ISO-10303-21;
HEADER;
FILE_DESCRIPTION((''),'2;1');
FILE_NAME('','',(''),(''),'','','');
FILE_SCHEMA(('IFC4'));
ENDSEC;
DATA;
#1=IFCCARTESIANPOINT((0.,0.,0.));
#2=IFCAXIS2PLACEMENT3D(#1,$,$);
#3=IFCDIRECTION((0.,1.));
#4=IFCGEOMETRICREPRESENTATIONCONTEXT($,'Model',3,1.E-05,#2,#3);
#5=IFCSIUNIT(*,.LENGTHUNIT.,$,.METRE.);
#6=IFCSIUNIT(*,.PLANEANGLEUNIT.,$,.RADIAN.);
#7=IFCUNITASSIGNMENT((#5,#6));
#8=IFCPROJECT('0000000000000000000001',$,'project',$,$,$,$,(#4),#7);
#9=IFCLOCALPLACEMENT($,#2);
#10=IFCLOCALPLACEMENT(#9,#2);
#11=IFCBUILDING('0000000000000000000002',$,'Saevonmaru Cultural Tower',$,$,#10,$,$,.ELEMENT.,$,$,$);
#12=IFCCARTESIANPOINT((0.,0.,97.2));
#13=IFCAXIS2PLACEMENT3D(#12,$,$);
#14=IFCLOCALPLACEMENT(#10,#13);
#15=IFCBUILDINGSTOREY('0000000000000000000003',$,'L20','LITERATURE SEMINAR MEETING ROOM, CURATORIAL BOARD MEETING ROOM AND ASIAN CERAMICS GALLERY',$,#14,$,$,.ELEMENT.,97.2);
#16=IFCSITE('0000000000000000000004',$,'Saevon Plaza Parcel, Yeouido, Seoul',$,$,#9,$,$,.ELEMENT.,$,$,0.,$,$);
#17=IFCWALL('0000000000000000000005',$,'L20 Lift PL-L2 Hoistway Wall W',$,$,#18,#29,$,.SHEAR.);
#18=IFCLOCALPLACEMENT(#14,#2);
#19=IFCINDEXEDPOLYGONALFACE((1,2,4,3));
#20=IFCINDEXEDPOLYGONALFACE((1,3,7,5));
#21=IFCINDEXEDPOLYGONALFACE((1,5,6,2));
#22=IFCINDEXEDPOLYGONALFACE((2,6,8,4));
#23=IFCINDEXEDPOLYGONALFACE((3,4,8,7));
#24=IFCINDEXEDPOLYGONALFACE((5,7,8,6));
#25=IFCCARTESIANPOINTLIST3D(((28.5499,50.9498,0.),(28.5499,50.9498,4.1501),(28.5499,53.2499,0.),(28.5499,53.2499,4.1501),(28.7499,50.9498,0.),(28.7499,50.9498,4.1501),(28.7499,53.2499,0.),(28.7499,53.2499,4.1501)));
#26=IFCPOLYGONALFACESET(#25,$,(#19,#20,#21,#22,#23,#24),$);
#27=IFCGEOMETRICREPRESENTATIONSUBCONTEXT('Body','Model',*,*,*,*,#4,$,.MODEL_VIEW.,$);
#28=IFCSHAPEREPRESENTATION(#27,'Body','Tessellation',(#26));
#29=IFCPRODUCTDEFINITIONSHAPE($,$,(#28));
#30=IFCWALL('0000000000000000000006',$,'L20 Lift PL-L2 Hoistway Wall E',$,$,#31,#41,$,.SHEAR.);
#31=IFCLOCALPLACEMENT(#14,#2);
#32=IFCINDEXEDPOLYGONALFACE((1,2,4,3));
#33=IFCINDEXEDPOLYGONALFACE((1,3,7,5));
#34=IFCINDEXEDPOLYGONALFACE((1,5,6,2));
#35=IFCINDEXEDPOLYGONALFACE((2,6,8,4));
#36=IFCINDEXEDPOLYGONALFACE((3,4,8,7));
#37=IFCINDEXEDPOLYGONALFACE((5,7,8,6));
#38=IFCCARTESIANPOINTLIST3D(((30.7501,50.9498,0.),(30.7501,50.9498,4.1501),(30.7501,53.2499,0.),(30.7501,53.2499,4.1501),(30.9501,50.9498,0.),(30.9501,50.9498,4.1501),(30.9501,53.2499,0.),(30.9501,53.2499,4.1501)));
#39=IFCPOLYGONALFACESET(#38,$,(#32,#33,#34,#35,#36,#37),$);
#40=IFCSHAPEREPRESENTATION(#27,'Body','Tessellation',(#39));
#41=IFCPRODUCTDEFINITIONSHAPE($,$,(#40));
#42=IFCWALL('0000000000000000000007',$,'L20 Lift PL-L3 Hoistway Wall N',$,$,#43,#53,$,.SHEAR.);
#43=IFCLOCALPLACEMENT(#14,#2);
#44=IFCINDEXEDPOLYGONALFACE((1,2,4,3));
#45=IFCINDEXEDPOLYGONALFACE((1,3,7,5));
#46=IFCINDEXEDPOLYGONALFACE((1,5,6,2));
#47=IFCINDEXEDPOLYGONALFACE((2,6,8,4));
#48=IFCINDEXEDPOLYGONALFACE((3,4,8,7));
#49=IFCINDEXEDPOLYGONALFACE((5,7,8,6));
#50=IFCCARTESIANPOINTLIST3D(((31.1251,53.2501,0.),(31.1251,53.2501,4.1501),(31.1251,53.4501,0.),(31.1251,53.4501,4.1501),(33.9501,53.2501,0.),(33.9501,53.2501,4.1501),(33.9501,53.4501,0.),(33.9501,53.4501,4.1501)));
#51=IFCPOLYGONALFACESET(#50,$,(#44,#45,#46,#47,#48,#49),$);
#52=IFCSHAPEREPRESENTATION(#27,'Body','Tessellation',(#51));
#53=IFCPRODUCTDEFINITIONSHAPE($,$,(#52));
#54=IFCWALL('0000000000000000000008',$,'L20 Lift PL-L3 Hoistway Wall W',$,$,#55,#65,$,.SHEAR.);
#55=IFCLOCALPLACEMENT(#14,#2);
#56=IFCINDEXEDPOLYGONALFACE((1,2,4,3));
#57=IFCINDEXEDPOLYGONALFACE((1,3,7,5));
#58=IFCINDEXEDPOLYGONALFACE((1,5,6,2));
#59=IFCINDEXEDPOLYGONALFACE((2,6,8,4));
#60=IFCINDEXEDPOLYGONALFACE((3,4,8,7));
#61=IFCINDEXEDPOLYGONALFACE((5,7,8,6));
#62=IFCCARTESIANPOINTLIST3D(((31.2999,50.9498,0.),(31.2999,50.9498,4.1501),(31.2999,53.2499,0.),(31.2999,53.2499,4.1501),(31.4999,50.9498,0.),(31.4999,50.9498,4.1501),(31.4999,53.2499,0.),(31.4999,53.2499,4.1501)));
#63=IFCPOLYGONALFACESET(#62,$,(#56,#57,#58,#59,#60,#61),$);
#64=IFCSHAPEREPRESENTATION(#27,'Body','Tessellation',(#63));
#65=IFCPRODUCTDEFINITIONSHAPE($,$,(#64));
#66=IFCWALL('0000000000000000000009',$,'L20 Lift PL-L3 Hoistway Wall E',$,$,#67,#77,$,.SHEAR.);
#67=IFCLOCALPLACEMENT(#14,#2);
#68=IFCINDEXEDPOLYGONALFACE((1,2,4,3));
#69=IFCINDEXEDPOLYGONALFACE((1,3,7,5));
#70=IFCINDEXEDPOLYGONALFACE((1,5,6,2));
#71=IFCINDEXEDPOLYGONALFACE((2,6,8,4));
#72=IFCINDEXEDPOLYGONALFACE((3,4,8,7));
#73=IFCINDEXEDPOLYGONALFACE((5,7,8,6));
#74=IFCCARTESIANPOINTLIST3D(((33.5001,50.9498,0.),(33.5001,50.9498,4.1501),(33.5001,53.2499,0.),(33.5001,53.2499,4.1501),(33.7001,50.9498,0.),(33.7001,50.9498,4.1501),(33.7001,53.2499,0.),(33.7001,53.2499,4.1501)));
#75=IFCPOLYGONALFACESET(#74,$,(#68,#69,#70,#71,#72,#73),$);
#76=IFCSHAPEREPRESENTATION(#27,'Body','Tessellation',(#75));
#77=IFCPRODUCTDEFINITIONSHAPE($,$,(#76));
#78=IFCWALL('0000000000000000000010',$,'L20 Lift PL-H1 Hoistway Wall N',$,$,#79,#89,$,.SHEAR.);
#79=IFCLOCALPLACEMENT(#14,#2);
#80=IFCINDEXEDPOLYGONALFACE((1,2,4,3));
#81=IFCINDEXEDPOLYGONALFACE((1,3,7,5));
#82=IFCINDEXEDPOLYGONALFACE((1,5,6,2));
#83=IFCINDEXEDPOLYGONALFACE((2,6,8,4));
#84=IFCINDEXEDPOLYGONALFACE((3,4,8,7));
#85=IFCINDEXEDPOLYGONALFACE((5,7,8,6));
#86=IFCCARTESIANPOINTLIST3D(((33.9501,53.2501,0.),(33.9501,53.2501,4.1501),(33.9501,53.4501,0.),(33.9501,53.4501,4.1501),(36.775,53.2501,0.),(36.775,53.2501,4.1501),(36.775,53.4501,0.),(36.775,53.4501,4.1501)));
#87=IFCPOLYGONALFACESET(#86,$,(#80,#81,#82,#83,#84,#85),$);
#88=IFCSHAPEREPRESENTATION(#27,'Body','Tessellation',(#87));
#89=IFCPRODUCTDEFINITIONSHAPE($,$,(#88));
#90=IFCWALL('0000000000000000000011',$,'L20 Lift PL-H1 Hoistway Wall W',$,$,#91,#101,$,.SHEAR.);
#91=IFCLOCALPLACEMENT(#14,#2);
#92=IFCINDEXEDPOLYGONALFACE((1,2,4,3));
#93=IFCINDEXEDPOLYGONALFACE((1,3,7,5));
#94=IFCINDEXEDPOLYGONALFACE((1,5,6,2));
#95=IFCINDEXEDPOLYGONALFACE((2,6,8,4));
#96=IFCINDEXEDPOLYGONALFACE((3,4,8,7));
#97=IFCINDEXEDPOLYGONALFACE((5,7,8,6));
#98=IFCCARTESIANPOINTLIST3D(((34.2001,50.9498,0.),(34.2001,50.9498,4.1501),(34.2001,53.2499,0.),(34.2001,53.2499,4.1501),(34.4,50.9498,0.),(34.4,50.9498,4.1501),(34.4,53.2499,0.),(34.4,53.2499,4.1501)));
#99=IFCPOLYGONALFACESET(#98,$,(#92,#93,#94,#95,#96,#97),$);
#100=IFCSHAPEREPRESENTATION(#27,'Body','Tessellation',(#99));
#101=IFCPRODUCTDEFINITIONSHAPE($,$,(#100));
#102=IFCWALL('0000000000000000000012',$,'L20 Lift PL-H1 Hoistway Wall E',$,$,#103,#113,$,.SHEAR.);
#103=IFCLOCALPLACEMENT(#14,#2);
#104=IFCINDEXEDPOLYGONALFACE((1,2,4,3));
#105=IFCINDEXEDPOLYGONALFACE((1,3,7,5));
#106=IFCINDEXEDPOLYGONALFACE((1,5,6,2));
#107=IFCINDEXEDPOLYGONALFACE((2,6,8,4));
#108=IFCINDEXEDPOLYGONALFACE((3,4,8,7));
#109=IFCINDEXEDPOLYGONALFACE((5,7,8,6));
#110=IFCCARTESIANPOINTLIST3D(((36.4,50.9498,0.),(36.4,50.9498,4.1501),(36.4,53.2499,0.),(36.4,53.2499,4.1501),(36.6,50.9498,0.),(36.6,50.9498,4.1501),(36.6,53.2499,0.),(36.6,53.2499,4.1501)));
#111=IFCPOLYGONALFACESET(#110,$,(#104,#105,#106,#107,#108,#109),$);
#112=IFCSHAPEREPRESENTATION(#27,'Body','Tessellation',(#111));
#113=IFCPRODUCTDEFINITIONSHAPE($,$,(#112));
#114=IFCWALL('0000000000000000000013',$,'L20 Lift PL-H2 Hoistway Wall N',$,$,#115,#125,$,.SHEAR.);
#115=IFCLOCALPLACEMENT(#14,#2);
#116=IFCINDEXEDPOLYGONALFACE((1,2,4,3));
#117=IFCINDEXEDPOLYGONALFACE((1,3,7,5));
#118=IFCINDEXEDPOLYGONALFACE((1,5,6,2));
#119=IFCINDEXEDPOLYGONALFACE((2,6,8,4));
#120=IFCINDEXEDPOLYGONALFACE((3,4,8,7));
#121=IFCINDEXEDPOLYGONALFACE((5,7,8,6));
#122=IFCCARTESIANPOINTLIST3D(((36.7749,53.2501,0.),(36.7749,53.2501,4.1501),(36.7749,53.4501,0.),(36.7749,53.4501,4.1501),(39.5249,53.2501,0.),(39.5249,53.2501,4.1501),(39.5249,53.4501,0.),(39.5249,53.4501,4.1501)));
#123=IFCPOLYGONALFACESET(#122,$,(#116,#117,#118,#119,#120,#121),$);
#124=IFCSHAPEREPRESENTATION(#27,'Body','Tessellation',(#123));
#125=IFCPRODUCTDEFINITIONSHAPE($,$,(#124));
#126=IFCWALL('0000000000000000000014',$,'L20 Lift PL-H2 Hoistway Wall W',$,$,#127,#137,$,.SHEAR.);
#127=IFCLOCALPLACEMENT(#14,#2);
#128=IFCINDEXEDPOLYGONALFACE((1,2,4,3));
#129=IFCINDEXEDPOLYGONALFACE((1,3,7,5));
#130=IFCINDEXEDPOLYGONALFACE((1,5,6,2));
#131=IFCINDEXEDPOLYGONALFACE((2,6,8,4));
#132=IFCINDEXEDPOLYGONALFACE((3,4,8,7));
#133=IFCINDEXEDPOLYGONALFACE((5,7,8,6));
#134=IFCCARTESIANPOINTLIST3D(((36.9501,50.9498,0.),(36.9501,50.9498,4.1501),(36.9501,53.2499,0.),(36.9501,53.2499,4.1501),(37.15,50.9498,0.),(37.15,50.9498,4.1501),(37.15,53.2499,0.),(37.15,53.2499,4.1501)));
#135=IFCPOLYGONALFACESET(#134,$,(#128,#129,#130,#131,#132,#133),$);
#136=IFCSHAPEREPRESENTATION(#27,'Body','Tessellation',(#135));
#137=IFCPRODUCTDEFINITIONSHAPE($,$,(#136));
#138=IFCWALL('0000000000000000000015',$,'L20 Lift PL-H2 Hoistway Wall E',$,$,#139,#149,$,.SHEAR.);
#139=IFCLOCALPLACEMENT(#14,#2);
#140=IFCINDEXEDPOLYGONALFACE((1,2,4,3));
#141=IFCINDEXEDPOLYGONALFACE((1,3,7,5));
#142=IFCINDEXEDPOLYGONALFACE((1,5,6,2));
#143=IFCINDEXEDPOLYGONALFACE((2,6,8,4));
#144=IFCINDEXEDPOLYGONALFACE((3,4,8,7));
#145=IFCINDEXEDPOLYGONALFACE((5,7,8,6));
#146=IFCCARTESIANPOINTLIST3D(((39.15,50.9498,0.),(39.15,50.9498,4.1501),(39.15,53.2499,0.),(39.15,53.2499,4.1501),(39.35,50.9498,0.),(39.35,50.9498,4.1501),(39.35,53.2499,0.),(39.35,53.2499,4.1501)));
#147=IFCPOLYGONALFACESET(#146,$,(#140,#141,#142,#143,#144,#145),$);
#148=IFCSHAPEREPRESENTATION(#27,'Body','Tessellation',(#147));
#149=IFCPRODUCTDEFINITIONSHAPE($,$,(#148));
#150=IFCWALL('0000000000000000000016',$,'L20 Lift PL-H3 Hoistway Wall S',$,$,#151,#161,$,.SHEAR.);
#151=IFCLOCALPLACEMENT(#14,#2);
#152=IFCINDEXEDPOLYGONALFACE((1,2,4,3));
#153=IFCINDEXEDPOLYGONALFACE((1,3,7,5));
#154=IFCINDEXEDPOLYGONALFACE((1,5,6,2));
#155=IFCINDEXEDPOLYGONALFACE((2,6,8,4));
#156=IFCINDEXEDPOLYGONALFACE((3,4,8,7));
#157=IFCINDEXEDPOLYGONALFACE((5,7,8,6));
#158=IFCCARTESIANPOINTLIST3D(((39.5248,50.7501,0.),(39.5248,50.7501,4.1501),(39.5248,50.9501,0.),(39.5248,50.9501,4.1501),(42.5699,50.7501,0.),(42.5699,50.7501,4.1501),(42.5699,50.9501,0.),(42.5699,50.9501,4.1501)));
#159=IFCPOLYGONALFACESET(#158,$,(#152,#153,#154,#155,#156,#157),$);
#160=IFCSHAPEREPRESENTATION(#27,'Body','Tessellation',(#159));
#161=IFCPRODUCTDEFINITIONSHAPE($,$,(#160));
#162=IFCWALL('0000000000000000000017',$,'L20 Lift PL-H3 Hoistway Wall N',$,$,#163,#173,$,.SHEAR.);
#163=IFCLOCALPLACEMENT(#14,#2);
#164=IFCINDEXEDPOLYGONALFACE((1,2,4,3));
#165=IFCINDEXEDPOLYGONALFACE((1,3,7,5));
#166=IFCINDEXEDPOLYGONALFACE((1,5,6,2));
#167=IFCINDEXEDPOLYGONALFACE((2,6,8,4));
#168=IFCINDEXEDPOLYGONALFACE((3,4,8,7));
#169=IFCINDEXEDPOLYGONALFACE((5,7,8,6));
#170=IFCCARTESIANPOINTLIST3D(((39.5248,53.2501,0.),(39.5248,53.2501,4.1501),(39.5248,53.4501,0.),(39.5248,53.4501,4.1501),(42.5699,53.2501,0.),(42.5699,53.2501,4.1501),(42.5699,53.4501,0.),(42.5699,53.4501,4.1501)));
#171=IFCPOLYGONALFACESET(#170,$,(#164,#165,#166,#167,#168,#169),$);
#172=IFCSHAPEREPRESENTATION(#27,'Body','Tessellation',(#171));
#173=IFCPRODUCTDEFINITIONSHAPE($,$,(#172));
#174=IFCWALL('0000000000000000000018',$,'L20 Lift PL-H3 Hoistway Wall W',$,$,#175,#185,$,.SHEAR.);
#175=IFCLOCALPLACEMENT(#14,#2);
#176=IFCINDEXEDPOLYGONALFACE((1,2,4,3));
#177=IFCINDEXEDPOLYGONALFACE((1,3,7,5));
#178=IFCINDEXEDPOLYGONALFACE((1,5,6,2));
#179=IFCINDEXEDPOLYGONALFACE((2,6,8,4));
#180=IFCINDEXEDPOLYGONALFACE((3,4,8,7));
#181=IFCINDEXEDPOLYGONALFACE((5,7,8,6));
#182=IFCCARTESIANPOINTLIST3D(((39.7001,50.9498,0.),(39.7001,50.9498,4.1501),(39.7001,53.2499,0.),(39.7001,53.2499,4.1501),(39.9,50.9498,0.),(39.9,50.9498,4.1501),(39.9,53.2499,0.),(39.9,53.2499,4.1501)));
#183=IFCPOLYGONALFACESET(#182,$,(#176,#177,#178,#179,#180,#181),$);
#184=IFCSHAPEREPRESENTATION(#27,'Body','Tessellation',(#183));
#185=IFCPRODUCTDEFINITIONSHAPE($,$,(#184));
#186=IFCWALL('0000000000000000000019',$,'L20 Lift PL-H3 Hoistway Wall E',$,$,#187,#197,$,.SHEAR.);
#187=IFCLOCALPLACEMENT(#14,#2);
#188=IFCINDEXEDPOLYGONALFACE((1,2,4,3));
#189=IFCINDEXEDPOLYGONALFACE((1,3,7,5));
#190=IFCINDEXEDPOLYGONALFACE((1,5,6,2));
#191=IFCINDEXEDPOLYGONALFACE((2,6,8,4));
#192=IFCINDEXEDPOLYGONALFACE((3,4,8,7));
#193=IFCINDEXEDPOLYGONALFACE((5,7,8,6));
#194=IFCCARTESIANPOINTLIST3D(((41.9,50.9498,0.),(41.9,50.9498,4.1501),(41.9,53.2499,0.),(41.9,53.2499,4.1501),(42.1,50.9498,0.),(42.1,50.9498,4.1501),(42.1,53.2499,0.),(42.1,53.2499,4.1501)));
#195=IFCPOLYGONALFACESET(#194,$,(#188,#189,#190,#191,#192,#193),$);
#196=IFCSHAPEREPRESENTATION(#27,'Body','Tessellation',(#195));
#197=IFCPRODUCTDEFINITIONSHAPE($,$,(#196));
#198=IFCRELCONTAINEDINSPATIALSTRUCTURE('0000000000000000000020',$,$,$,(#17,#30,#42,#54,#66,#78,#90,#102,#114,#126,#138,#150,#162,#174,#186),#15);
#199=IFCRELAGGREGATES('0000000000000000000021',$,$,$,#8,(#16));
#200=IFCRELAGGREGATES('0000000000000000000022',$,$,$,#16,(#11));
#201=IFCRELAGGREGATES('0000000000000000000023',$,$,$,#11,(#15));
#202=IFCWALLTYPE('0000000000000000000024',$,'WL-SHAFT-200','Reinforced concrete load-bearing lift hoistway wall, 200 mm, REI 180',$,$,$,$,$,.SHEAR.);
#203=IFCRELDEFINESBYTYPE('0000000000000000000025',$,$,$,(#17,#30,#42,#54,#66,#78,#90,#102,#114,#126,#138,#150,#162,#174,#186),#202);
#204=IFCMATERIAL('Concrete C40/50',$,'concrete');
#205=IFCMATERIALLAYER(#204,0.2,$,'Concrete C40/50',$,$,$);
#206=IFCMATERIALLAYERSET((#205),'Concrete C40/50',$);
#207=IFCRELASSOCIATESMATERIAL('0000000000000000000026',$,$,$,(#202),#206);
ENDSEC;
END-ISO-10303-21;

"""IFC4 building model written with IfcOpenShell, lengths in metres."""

from ifc_helpers import new_model, si_unit, direction, frame, frame_2d, origin, place, context, subcontext, project, spatial, rectangle, extrude, material, layer, layer_set, type_object, element, save


model = new_model("IFC4")

# Units and contexts
model_context = context("Model", 3, precision=1e-05, world=origin(), true_north=direction((0.0, 1.0)))
body_context = subcontext(model_context, "Body", "Model", "MODEL_VIEW")
ifc_project = project(units=[si_unit("LENGTHUNIT", "METRE"), si_unit("PLANEANGLEUNIT", "RADIAN")], contexts=[model_context])

# Site, building, storey
site_placement = place(None, origin())
site = spatial("IfcSite", under=ifc_project, at=site_placement, Name="Saevon Plaza Parcel, Yeouido, Seoul", CompositionType="ELEMENT", RefElevation=0.0)
building_placement = place(site_placement, origin())
building = spatial("IfcBuilding", under=site, at=building_placement, Name="Saevonmaru Cultural Tower", CompositionType="ELEMENT")
storey_placement = place(building_placement, frame((0.0, 0.0, 97.2)))
storey = spatial("IfcBuildingStorey", under=building, at=storey_placement, Name="L20", Description="LITERATURE SEMINAR MEETING ROOM, CURATORIAL BOARD MEETING ROOM AND ASIAN CERAMICS GALLERY", CompositionType="ELEMENT", Elevation=97.2)

# Walls
ifc_material_1 = material(Name="Concrete C40/50", Category="concrete")
ifc_layer_1 = layer(ifc_material_1, 0.2, Name="Concrete C40/50")
ifc_layer_set_1 = layer_set([ifc_layer_1], Name="Concrete C40/50")
wall_type_1 = type_object("IfcWallType", Name="WL-SHAFT-200", Description="Reinforced concrete load-bearing lift hoistway wall, 200 mm, REI 180", PredefinedType="SHEAR", material=ifc_layer_set_1)
for number, where, z_axis, x_axis, name in (
    (1, (28.6499, 50.95, 0.0), (0.0, 0.0, 1.0), (0.0, 1.0, 0.0), "L20 Lift PL-L2 Hoistway Wall W"),
    (2, (30.8501, 50.95, 0.0), (0.0, 0.0, 1.0), (0.0, 1.0, 0.0), "L20 Lift PL-L2 Hoistway Wall E"),
):
    element("IfcWall", number, at=place(storey_placement, frame(where, z_axis=z_axis, x_axis=x_axis)), inside=storey, type_object=wall_type_1, Name=name, PredefinedType="SHEAR", context=body_context, shape_type="SweptSolid", body=[
        extrude(rectangle(XDim=2.3, YDim=0.2, at=frame_2d((1.1499, 0.0))), origin(), (0.0, 0.0, 1.0), 4.1501),
    ])
wall_1_placement = place(storey_placement, frame((31.125, 53.3501, 0.0), z_axis=(0.0, 0.0, 1.0), x_axis=(1.0, 0.0, 0.0)))
element("IfcWall", 3, at=wall_1_placement, inside=storey, type_object=wall_type_1, Name="L20 Lift PL-L3 Hoistway Wall N", PredefinedType="SHEAR", context=body_context, shape_type="SweptSolid", body=[
    extrude(rectangle(XDim=2.825, YDim=0.2, at=frame_2d((1.4126, 0.0))), origin(), (0.0, 0.0, 1.0), 4.1501),
])
for number, where, z_axis, x_axis, name in (
    (4, (31.3999, 50.95, 0.0), (0.0, 0.0, 1.0), (0.0, 1.0, 0.0), "L20 Lift PL-L3 Hoistway Wall W"),
    (5, (33.6001, 50.95, 0.0), (0.0, 0.0, 1.0), (0.0, 1.0, 0.0), "L20 Lift PL-L3 Hoistway Wall E"),
):
    element("IfcWall", number, at=place(storey_placement, frame(where, z_axis=z_axis, x_axis=x_axis)), inside=storey, type_object=wall_type_1, Name=name, PredefinedType="SHEAR", context=body_context, shape_type="SweptSolid", body=[
        extrude(rectangle(XDim=2.3, YDim=0.2, at=frame_2d((1.1499, 0.0))), origin(), (0.0, 0.0, 1.0), 4.1501),
    ])
wall_2_placement = place(storey_placement, frame((33.95, 53.3501, 0.0), z_axis=(0.0, 0.0, 1.0), x_axis=(1.0, 0.0, 0.0)))
element("IfcWall", 6, at=wall_2_placement, inside=storey, type_object=wall_type_1, Name="L20 Lift PL-H1 Hoistway Wall N", PredefinedType="SHEAR", context=body_context, shape_type="SweptSolid", body=[
    extrude(rectangle(XDim=2.825, YDim=0.2, at=frame_2d((1.4126, 0.0))), origin(), (0.0, 0.0, 1.0), 4.1501),
])
for number, where, z_axis, x_axis, name in (
    (7, (34.3, 50.95, 0.0), (0.0, 0.0, 1.0), (0.0, 1.0, 0.0), "L20 Lift PL-H1 Hoistway Wall W"),
    (8, (36.5, 50.95, 0.0), (0.0, 0.0, 1.0), (0.0, 1.0, 0.0), "L20 Lift PL-H1 Hoistway Wall E"),
):
    element("IfcWall", number, at=place(storey_placement, frame(where, z_axis=z_axis, x_axis=x_axis)), inside=storey, type_object=wall_type_1, Name=name, PredefinedType="SHEAR", context=body_context, shape_type="SweptSolid", body=[
        extrude(rectangle(XDim=2.3, YDim=0.2, at=frame_2d((1.1499, 0.0))), origin(), (0.0, 0.0, 1.0), 4.1501),
    ])
wall_3_placement = place(storey_placement, frame((36.7749, 53.3501, 0.0), z_axis=(0.0, 0.0, 1.0), x_axis=(1.0, 0.0, 0.0)))
element("IfcWall", 9, at=wall_3_placement, inside=storey, type_object=wall_type_1, Name="L20 Lift PL-H2 Hoistway Wall N", PredefinedType="SHEAR", context=body_context, shape_type="SweptSolid", body=[
    extrude(rectangle(XDim=2.75, YDim=0.2, at=frame_2d((1.375, 0.0))), origin(), (0.0, 0.0, 1.0), 4.1501),
])
for number, where, z_axis, x_axis, name in (
    (10, (37.05, 50.95, 0.0), (0.0, 0.0, 1.0), (0.0, 1.0, 0.0), "L20 Lift PL-H2 Hoistway Wall W"),
    (11, (39.25, 50.95, 0.0), (0.0, 0.0, 1.0), (0.0, 1.0, 0.0), "L20 Lift PL-H2 Hoistway Wall E"),
):
    element("IfcWall", number, at=place(storey_placement, frame(where, z_axis=z_axis, x_axis=x_axis)), inside=storey, type_object=wall_type_1, Name=name, PredefinedType="SHEAR", context=body_context, shape_type="SweptSolid", body=[
        extrude(rectangle(XDim=2.3, YDim=0.2, at=frame_2d((1.1499, 0.0))), origin(), (0.0, 0.0, 1.0), 4.1501),
    ])
for number, where, z_axis, x_axis, name in (
    (12, (39.5249, 50.8501, 0.0), (0.0, 0.0, 1.0), (1.0, 0.0, 0.0), "L20 Lift PL-H3 Hoistway Wall S"),
    (13, (39.5249, 53.3501, 0.0), (0.0, 0.0, 1.0), (1.0, 0.0, 0.0), "L20 Lift PL-H3 Hoistway Wall N"),
):
    element("IfcWall", number, at=place(storey_placement, frame(where, z_axis=z_axis, x_axis=x_axis)), inside=storey, type_object=wall_type_1, Name=name, PredefinedType="SHEAR", context=body_context, shape_type="SweptSolid", body=[
        extrude(rectangle(XDim=3.0452, YDim=0.2, at=frame_2d((1.5225, 0.0))), origin(), (0.0, 0.0, 1.0), 4.1501),
    ])
for number, where, z_axis, x_axis, name in (
    (14, (39.8, 50.95, 0.0), (0.0, 0.0, 1.0), (0.0, 1.0, 0.0), "L20 Lift PL-H3 Hoistway Wall W"),
    (15, (42.0, 50.95, 0.0), (0.0, 0.0, 1.0), (0.0, 1.0, 0.0), "L20 Lift PL-H3 Hoistway Wall E"),
):
    element("IfcWall", number, at=place(storey_placement, frame(where, z_axis=z_axis, x_axis=x_axis)), inside=storey, type_object=wall_type_1, Name=name, PredefinedType="SHEAR", context=body_context, shape_type="SweptSolid", body=[
        extrude(rectangle(XDim=2.3, YDim=0.2, at=frame_2d((1.1499, 0.0))), origin(), (0.0, 0.0, 1.0), 4.1501),
    ])

save(model, "model.ifc")
